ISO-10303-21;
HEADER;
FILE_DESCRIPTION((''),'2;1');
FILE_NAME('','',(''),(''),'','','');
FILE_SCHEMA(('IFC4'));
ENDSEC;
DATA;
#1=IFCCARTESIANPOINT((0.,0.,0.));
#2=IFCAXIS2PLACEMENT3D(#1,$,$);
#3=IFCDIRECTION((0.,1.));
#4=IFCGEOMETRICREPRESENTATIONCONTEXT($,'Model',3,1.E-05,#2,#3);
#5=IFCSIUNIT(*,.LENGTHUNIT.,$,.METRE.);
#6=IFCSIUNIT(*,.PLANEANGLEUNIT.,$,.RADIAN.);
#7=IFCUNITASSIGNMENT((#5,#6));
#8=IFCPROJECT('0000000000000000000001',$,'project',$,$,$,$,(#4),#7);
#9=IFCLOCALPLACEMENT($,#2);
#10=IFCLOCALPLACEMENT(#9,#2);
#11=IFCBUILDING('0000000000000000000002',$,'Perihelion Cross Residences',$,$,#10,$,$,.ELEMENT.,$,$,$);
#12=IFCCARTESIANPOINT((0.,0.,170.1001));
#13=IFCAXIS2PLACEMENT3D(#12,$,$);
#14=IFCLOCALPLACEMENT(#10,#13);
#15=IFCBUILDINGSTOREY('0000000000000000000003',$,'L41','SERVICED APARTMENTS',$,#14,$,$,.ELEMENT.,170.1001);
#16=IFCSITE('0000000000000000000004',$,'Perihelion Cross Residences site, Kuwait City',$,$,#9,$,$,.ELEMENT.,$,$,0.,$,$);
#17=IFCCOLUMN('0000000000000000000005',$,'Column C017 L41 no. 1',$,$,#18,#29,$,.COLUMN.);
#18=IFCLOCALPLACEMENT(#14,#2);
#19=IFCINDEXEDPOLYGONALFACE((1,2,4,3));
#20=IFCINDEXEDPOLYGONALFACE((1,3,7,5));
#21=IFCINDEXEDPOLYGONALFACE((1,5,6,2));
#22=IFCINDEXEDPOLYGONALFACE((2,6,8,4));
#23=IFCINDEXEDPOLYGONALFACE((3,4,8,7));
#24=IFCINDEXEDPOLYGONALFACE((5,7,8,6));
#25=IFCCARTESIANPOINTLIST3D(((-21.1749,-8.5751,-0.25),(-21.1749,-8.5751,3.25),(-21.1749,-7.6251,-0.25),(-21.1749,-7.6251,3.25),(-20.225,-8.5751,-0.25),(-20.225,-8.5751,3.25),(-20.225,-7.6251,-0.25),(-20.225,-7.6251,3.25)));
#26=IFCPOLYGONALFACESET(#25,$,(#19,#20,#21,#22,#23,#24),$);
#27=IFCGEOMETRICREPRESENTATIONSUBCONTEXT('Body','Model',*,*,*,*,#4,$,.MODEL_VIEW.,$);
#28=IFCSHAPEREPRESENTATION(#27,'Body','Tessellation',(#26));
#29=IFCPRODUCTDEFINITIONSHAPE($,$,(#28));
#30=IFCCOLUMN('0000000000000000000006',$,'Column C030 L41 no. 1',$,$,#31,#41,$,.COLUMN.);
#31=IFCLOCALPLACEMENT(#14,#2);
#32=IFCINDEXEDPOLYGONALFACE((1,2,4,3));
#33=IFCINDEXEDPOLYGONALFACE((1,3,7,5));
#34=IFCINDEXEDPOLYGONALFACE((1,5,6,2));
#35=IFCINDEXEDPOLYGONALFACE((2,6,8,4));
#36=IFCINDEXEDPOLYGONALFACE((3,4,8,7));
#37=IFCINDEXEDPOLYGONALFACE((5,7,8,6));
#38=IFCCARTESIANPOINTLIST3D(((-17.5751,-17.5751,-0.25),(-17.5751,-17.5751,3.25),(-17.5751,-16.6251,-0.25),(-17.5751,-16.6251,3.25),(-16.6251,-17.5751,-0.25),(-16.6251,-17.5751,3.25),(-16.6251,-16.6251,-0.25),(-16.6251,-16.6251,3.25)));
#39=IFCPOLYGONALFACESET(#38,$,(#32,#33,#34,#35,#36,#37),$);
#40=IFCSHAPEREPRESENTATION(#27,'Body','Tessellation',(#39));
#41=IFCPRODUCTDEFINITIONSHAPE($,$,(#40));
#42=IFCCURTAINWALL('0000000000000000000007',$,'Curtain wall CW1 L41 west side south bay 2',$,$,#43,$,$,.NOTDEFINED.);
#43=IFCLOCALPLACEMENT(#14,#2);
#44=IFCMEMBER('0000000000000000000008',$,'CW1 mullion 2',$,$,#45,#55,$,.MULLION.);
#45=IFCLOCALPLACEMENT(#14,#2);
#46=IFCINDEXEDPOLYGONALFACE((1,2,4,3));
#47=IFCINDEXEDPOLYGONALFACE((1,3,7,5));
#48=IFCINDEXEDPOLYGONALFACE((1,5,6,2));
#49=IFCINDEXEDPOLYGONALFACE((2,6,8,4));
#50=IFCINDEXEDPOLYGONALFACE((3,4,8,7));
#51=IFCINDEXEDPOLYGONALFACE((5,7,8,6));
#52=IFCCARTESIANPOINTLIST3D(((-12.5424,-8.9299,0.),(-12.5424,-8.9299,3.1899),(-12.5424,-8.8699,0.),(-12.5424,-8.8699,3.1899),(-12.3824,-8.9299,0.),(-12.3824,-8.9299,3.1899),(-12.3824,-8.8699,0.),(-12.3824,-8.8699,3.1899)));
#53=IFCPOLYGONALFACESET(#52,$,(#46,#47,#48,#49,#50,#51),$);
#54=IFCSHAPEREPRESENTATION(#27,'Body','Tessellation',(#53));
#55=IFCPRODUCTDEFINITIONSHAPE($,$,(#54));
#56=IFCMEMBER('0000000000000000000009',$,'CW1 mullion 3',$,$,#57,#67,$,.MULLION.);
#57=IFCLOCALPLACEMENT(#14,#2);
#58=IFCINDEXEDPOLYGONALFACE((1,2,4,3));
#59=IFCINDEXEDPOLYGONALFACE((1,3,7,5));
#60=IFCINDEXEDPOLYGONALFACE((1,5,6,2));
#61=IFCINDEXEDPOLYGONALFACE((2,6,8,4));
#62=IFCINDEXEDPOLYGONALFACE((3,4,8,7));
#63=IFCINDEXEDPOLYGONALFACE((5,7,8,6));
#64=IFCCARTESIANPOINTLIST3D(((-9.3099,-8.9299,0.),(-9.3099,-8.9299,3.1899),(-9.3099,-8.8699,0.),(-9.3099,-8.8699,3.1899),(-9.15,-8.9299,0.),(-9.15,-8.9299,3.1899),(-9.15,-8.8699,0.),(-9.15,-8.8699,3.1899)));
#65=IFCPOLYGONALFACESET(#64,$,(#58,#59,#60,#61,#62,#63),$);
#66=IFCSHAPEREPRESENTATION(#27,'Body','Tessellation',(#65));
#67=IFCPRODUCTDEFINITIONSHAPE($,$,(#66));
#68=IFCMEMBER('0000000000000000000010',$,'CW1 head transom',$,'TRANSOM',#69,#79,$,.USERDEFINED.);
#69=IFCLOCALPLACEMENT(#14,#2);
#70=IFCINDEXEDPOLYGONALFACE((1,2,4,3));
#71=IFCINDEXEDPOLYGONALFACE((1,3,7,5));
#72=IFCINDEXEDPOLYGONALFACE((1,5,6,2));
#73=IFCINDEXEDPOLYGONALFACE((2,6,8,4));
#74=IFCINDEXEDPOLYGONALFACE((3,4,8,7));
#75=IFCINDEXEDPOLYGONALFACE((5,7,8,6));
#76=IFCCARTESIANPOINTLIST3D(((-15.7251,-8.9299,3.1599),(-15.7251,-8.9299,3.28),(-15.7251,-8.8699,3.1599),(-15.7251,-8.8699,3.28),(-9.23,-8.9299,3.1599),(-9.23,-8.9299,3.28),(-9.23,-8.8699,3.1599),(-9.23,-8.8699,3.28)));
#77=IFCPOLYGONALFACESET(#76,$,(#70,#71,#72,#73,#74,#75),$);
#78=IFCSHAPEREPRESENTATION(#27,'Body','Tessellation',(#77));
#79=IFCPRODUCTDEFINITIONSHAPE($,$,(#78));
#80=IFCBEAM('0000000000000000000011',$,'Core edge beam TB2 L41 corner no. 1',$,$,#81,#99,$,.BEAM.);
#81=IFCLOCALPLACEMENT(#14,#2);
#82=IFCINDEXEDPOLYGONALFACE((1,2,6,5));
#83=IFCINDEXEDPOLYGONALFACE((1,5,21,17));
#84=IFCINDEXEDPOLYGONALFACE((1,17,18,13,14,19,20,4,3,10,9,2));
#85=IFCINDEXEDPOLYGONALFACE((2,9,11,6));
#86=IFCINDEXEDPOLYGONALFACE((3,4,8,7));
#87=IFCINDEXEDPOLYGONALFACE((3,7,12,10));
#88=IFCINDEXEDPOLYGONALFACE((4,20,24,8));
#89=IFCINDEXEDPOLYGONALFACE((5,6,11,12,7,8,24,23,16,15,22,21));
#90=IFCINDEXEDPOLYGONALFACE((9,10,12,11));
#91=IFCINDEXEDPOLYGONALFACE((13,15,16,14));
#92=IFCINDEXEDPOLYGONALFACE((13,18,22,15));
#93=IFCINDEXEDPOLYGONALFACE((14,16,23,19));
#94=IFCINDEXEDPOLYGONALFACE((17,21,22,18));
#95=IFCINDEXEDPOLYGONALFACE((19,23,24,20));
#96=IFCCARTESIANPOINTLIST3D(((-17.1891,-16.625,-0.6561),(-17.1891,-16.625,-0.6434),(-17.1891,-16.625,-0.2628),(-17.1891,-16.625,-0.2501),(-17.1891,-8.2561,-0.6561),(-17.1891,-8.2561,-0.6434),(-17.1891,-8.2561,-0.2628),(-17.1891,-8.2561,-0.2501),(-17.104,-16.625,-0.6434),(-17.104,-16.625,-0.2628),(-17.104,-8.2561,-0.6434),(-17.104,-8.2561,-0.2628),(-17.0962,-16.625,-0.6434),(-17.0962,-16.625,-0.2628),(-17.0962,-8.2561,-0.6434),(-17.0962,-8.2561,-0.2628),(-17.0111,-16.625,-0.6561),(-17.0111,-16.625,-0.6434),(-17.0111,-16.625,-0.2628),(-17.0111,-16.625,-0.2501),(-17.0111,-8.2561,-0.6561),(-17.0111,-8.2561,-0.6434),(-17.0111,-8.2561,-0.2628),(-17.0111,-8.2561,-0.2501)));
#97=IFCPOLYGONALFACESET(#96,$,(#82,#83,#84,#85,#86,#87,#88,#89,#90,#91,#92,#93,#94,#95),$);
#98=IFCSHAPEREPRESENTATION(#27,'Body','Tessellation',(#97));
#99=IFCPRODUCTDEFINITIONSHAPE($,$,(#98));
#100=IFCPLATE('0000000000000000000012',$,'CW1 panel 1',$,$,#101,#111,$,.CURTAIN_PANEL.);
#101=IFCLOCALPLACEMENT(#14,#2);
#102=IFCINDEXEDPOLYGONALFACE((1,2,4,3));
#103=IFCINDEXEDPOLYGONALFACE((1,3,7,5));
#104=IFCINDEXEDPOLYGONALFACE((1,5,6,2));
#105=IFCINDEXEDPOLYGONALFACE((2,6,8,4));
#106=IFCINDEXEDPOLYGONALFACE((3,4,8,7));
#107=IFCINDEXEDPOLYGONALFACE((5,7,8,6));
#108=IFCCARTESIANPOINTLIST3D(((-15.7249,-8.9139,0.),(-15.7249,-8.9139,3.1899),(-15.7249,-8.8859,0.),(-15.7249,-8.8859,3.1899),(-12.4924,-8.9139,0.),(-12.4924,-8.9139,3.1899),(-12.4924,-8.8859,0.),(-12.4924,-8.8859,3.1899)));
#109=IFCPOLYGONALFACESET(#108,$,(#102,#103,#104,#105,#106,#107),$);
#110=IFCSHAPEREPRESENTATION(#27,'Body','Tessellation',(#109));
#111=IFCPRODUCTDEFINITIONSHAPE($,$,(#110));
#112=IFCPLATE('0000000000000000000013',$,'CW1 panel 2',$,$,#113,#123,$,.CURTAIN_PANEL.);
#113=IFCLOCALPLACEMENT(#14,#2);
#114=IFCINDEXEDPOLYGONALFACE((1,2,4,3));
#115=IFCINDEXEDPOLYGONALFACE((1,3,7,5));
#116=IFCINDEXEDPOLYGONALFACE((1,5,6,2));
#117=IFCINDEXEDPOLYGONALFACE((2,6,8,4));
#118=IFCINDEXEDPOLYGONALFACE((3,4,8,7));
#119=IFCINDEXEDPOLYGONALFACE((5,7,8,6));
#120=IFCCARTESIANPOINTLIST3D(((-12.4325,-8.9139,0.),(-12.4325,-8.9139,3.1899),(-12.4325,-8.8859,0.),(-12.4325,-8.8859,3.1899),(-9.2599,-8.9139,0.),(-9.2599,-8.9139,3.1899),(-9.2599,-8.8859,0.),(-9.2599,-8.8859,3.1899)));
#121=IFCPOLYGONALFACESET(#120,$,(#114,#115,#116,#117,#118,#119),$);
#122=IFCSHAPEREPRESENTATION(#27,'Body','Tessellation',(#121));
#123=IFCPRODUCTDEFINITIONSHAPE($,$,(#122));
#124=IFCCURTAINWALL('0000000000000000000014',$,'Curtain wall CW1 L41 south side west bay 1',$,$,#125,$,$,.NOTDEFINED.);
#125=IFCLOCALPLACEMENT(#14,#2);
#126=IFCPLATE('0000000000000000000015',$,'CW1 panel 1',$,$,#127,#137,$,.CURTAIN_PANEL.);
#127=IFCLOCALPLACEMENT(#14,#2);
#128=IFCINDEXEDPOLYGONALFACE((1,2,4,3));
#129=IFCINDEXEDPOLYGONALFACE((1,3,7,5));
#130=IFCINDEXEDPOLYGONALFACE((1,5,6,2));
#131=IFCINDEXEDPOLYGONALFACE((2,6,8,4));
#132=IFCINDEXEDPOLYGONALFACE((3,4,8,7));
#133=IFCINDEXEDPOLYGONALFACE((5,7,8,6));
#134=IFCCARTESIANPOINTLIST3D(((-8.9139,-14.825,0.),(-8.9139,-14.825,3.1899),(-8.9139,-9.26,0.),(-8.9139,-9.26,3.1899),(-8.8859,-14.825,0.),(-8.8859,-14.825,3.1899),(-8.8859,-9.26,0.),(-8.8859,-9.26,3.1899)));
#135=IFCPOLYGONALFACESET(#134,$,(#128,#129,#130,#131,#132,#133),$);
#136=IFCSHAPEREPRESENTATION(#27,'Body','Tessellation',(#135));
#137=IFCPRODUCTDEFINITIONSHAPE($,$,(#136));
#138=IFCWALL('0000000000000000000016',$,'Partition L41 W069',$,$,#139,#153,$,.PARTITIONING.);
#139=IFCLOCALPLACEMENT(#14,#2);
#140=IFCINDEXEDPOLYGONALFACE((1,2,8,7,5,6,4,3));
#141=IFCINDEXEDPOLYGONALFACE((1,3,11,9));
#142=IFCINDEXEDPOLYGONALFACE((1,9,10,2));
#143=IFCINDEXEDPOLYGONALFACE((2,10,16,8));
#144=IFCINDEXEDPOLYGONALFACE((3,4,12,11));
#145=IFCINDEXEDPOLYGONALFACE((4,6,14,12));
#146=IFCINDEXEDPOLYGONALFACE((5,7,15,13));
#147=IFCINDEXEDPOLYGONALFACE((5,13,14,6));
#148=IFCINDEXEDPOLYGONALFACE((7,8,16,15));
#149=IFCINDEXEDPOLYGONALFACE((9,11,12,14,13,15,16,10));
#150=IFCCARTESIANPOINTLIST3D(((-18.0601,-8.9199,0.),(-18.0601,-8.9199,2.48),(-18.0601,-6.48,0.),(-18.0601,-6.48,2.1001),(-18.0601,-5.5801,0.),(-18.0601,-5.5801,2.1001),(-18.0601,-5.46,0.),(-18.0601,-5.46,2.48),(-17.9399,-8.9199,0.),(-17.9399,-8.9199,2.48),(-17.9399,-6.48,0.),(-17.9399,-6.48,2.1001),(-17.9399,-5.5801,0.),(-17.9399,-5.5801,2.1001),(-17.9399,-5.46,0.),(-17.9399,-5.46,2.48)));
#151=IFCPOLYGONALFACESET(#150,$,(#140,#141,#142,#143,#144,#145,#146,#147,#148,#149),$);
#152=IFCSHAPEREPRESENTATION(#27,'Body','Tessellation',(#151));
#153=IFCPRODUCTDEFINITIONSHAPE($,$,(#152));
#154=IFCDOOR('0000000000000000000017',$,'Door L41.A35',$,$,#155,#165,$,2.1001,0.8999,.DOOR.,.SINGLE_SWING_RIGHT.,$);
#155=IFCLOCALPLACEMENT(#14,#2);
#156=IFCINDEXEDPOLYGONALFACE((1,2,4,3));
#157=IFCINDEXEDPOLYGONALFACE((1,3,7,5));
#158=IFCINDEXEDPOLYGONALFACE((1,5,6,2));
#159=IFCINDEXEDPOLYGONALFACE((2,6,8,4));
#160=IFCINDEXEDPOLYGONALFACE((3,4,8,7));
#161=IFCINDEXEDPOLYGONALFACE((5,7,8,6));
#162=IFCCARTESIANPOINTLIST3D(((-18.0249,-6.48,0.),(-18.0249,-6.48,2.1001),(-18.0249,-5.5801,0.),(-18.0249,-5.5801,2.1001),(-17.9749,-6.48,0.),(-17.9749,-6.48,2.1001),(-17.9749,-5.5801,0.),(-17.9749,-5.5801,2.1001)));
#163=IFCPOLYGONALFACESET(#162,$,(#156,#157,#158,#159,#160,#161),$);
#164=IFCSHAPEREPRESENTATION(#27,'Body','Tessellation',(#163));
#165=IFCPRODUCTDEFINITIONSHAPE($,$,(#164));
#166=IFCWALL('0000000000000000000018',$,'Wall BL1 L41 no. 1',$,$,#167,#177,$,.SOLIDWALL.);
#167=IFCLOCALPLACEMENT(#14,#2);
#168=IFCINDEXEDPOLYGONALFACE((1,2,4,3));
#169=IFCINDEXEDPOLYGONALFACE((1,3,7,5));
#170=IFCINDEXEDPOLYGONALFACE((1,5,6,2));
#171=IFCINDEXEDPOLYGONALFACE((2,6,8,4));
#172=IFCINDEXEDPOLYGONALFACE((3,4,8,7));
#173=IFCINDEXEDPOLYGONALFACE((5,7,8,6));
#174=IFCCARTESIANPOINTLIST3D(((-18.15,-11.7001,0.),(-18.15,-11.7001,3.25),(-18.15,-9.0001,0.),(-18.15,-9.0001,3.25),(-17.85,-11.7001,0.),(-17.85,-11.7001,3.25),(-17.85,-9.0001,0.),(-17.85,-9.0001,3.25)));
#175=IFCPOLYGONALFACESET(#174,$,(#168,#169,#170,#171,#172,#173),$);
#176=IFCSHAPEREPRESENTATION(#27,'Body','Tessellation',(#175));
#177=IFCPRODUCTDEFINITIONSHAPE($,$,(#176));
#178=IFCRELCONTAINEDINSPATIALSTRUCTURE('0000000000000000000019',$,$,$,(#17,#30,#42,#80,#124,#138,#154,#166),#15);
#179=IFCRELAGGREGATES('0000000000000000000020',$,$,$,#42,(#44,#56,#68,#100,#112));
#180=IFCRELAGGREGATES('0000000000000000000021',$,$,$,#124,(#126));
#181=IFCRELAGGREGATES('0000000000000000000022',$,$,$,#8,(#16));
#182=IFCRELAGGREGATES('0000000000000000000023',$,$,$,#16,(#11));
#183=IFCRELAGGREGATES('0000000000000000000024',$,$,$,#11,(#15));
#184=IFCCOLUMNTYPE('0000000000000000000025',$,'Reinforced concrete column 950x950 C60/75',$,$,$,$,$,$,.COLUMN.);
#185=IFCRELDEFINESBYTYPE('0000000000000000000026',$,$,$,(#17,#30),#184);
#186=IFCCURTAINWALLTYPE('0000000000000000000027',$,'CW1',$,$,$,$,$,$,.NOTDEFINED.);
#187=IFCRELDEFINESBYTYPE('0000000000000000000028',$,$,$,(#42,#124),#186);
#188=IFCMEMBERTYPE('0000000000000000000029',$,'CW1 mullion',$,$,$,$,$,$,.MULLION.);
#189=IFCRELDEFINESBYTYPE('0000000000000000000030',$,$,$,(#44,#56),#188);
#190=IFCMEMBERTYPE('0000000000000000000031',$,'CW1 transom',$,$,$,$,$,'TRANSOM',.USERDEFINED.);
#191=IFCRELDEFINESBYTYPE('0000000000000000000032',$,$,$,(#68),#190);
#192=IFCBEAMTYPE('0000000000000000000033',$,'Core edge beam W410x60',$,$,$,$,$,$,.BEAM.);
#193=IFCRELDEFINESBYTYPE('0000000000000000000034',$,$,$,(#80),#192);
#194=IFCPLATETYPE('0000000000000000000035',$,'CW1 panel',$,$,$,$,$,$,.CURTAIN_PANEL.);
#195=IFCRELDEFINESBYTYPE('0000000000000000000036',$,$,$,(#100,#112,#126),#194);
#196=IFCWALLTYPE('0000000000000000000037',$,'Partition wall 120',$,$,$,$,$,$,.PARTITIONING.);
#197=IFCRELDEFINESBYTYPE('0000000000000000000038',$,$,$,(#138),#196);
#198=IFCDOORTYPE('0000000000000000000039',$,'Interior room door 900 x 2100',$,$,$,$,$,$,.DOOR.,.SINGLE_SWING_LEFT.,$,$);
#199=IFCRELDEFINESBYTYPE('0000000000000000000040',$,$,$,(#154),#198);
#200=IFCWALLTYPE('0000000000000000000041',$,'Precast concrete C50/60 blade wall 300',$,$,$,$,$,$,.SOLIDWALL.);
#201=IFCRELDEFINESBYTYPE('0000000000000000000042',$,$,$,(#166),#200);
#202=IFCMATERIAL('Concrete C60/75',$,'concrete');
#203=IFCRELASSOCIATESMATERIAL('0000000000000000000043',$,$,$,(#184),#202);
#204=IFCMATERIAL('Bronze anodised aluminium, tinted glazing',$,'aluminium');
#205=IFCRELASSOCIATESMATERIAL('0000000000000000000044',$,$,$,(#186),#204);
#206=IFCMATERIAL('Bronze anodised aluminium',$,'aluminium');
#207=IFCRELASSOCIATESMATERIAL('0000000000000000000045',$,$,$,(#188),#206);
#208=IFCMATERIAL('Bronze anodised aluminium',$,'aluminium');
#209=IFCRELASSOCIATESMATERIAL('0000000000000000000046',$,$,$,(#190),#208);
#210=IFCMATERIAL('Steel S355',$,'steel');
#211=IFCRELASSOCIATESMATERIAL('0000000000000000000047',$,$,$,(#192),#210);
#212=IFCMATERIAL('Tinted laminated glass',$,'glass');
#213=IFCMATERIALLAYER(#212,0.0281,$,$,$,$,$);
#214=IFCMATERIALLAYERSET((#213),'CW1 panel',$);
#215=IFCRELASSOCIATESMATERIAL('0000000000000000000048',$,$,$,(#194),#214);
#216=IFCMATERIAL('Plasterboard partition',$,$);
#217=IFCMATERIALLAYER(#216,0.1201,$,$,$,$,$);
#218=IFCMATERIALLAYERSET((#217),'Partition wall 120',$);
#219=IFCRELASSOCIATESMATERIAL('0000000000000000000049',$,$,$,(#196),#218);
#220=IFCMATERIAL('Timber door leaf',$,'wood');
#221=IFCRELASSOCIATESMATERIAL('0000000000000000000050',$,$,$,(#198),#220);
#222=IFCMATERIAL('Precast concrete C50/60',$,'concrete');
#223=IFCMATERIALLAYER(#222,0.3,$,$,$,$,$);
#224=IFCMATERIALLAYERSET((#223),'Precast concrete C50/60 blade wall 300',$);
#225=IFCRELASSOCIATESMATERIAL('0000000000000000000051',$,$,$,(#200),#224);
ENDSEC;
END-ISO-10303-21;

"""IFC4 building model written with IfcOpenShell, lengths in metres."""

from ifc_helpers import new_model, si_unit, direction, frame, frame_2d, origin, origin_2d, place, context, subcontext, project, spatial, rectangle, i_section, extrude, material, layer, layer_set, material_profile, profile_set, type_object, element, fill, aggregate, save


model = new_model("IFC4")

# Units and contexts
model_context = context("Model", 3, precision=1e-05, world=origin(), true_north=direction((0.0, 1.0)))
body_context = subcontext(model_context, "Body", "Model", "MODEL_VIEW")
ifc_project = project(units=[si_unit("LENGTHUNIT", "METRE"), si_unit("PLANEANGLEUNIT", "RADIAN")], contexts=[model_context])

# Site, building, storey
site_placement = place(None, origin())
site = spatial("IfcSite", under=ifc_project, at=site_placement, Name="Perihelion Cross Residences site, Kuwait City", CompositionType="ELEMENT", RefElevation=0.0)
building_placement = place(site_placement, origin())
building = spatial("IfcBuilding", under=site, at=building_placement, Name="Perihelion Cross Residences", CompositionType="ELEMENT")
storey_placement = place(building_placement, frame((0.0, 0.0, 170.1001)))
storey = spatial("IfcBuildingStorey", under=building, at=storey_placement, Name="L41", Description="SERVICED APARTMENTS", CompositionType="ELEMENT", Elevation=170.1001)

# Columns
ifc_material_1 = material(Name="Concrete C60/75", Category="concrete")
ifc_material_profile_1 = material_profile(ifc_material_1, rectangle(XDim=0.95, YDim=0.95, at=origin_2d()), Name="RC 950x950")
ifc_profile_set_1 = profile_set([ifc_material_profile_1], Name="Concrete C60/75")
column_type = type_object("IfcColumnType", Name="Reinforced concrete column 950x950 C60/75", PredefinedType="COLUMN", material=ifc_profile_set_1)
for number, where, z_axis, x_axis, name in (
    (1, (-20.7, -8.1001, -0.25), (0.0, 0.0, 1.0), (1.0, 0.0, 0.0), "Column C017 L41 no. 1"),
    (2, (-17.1001, -17.1001, -0.25), (0.0, 0.0, 1.0), (1.0, 0.0, 0.0), "Column C030 L41 no. 1"),
):
    element("IfcColumn", number, at=place(storey_placement, frame(where, z_axis=z_axis, x_axis=x_axis)), inside=storey, type_object=column_type, Name=name, PredefinedType="COLUMN", context=body_context, shape_type="SweptSolid", body=[
        extrude(rectangle(XDim=0.95, YDim=0.95, at=origin_2d()), origin(), (0.0, 0.0, 1.0), 3.5),
    ])

# Curtain wall, members
ifc_material_2 = material(Name="Bronze anodised aluminium, tinted glazing", Category="aluminium")
curtain_wall_type = type_object("IfcCurtainWallType", Name="CW1", PredefinedType="NOTDEFINED", material=ifc_material_2)
curtain_wall_1_placement = place(storey_placement, origin())
curtain_wall_1 = element("IfcCurtainWall", 3, at=curtain_wall_1_placement, inside=storey, type_object=curtain_wall_type, Name="Curtain wall CW1 L41 west side south bay 2", PredefinedType="NOTDEFINED")
ifc_material_3 = material(Name="Bronze anodised aluminium", Category="aluminium")
ifc_material_profile_2 = material_profile(ifc_material_3, rectangle(XDim=0.0601, YDim=0.1599, at=origin_2d()), Name="CW1 mullion")
ifc_profile_set_2 = profile_set([ifc_material_profile_2], Name="Bronze anodised aluminium")
member_type_1 = type_object("IfcMemberType", Name="CW1 mullion", PredefinedType="MULLION", material=ifc_profile_set_2)
member_1_placement = place(storey_placement, frame((-12.4624, -8.8999, 0.0), z_axis=(0.0, 0.0, 1.0), x_axis=(0.0, 1.0, 0.0)))
member_1 = element("IfcMember", 4, at=member_1_placement, type_object=member_type_1, Name="CW1 mullion 2", PredefinedType="MULLION", context=body_context, shape_type="SweptSolid", body=[
    extrude(rectangle(XDim=0.0601, YDim=0.1599, at=origin_2d()), origin(), (0.0, 0.0, 1.0), 3.1899),
])
member_2_placement = place(storey_placement, frame((-9.23, -8.8999, 0.0), z_axis=(0.0, 0.0, 1.0), x_axis=(0.0, 1.0, 0.0)))
member_2 = element("IfcMember", 5, at=member_2_placement, type_object=member_type_1, Name="CW1 mullion 3", PredefinedType="MULLION", context=body_context, shape_type="SweptSolid", body=[
    extrude(rectangle(XDim=0.0601, YDim=0.1599, at=origin_2d()), origin(), (0.0, 0.0, 1.0), 3.1899),
])
ifc_material_4 = material(Name="Bronze anodised aluminium", Category="aluminium")
ifc_material_profile_3 = material_profile(ifc_material_4, rectangle(XDim=0.0601, YDim=0.1201, at=origin_2d()), Name="CW1 transom")
ifc_profile_set_3 = profile_set([ifc_material_profile_3], Name="Bronze anodised aluminium")
member_type_2 = type_object("IfcMemberType", Name="CW1 transom", ElementType="TRANSOM", PredefinedType="USERDEFINED", material=ifc_profile_set_3)
member_3_placement = place(storey_placement, frame((-15.7251, -8.8999, 3.22), z_axis=(1.0, 0.0, 0.0), x_axis=(0.0, 1.0, 0.0)))
member_3 = element("IfcMember", 6, at=member_3_placement, type_object=member_type_2, Name="CW1 head transom", ObjectType="TRANSOM", PredefinedType="USERDEFINED", context=body_context, shape_type="SweptSolid", body=[
    extrude(rectangle(XDim=0.0601, YDim=0.1201, at=origin_2d()), origin(), (0.0, 0.0, 1.0), 6.4951),
])

# Beam
ifc_material_5 = material(Name="Steel S355", Category="steel")
ifc_material_profile_4 = material_profile(ifc_material_5, i_section(OverallWidth=0.178, OverallDepth=0.406, WebThickness=0.0078, FlangeThickness=0.0127, at=origin_2d()), Name="W410x60")
ifc_profile_set_4 = profile_set([ifc_material_profile_4], Name="Steel S355")
beam_type = type_object("IfcBeamType", Name="Core edge beam W410x60", PredefinedType="BEAM", material=ifc_profile_set_4)
beam_placement = place(storey_placement, frame((-17.1001, -8.2561, -0.4531), z_axis=(0.0, -1.0, 0.0), x_axis=(1.0, 0.0, 0.0)))
element("IfcBeam", 7, at=beam_placement, inside=storey, type_object=beam_type, Name="Core edge beam TB2 L41 corner no. 1", PredefinedType="BEAM", context=body_context, shape_type="SweptSolid", body=[
    extrude(i_section(OverallWidth=0.178, OverallDepth=0.406, WebThickness=0.0078, FlangeThickness=0.0127, at=origin_2d()), origin(), (0.0, 0.0, 1.0), 8.3689),
])

# Plates
ifc_material_6 = material(Name="Tinted laminated glass", Category="glass")
ifc_layer_1 = layer(ifc_material_6, 0.0281)
ifc_layer_set_1 = layer_set([ifc_layer_1], Name="CW1 panel")
plate_type = type_object("IfcPlateType", Name="CW1 panel", PredefinedType="CURTAIN_PANEL", material=ifc_layer_set_1)
plate_1_placement = place(storey_placement, frame((-14.1086, -8.8999, 0.0), z_axis=(0.0, 0.0, 1.0), x_axis=(1.0, 0.0, 0.0)))
plate_1 = element("IfcPlate", 8, at=plate_1_placement, type_object=plate_type, Name="CW1 panel 1", PredefinedType="CURTAIN_PANEL", context=body_context, shape_type="SweptSolid", body=[
    extrude(rectangle(XDim=3.2324, YDim=0.0281, at=origin_2d()), origin(), (0.0, 0.0, 1.0), 3.1899),
])
plate_2_placement = place(storey_placement, frame((-10.8462, -8.8999, 0.0), z_axis=(0.0, 0.0, 1.0), x_axis=(1.0, 0.0, 0.0)))
plate_2 = element("IfcPlate", 9, at=plate_2_placement, type_object=plate_type, Name="CW1 panel 2", PredefinedType="CURTAIN_PANEL", context=body_context, shape_type="SweptSolid", body=[
    extrude(rectangle(XDim=3.1726, YDim=0.0281, at=origin_2d()), origin(), (0.0, 0.0, 1.0), 3.1899),
])
aggregate(curtain_wall_1, [member_1, member_2, member_3, plate_1, plate_2])

# Curtain wall, plate
curtain_wall_2_placement = place(storey_placement, origin())
curtain_wall_2 = element("IfcCurtainWall", 10, at=curtain_wall_2_placement, inside=storey, type_object=curtain_wall_type, Name="Curtain wall CW1 L41 south side west bay 1", PredefinedType="NOTDEFINED")
plate_3_placement = place(storey_placement, frame((-8.8999, -12.0425, 0.0), z_axis=(0.0, 0.0, 1.0), x_axis=(0.0, -1.0, 0.0)))
plate_3 = element("IfcPlate", 11, at=plate_3_placement, type_object=plate_type, Name="CW1 panel 1", PredefinedType="CURTAIN_PANEL", context=body_context, shape_type="SweptSolid", body=[
    extrude(rectangle(XDim=5.5649, YDim=0.0281, at=origin_2d()), origin(), (0.0, 0.0, 1.0), 3.1899),
])
aggregate(curtain_wall_2, [plate_3])

# Wall, opening, door
ifc_material_7 = material(Name="Plasterboard partition")
ifc_layer_2 = layer(ifc_material_7, 0.1201)
ifc_layer_set_2 = layer_set([ifc_layer_2], Name="Partition wall 120")
wall_type_1 = type_object("IfcWallType", Name="Partition wall 120", PredefinedType="PARTITIONING", material=ifc_layer_set_2)
wall_1_placement = place(storey_placement, frame((-18.0, -8.9199, 0.0), z_axis=(0.0, 0.0, 1.0), x_axis=(0.0, 1.0, 0.0)))
wall_1 = element("IfcWall", 12, at=wall_1_placement, inside=storey, type_object=wall_type_1, Name="Partition L41 W069", PredefinedType="PARTITIONING", context=body_context, shape_type="SweptSolid", body=[
    extrude(rectangle(XDim=3.46, YDim=0.1201, at=frame_2d((1.73, 0.0))), origin(), (0.0, 0.0, 1.0), 2.48),
])
opening_1_placement = place(wall_1_placement, frame((2.4399, 0.0, 0.0)))
opening_1 = element("IfcOpeningElement", 13, at=opening_1_placement, cuts=wall_1, PredefinedType="OPENING", context=body_context, shape_type="SweptSolid", body=[
    extrude(rectangle(XDim=0.8999, YDim=2.1001, at=frame_2d((0.45, 1.05))), frame((0.0, 0.0701, 0.0), z_axis=(0.0, -1.0, 0.0), x_axis=(1.0, 0.0, 0.0)), (0.0, 0.0, 1.0), 0.1401),
])
ifc_material_8 = material(Name="Timber door leaf", Category="wood")
door_type_1 = type_object("IfcDoorType", Name="Interior room door 900 x 2100", OperationType="SINGLE_SWING_LEFT", PredefinedType="DOOR", material=ifc_material_8)
door_1_placement = place(opening_1_placement, origin())
door_1 = element("IfcDoor", 14, at=door_1_placement, inside=storey, type_object=door_type_1, Name="Door L41.A35", OperationType="SINGLE_SWING_RIGHT", OverallHeight=2.1001, OverallWidth=0.8999, PredefinedType="DOOR", context=body_context, shape_type="SweptSolid", body=[
    extrude(rectangle(XDim=0.8999, YDim=2.1001, at=frame_2d((0.45, 1.05))), frame((0.0, 0.0249, 0.0), z_axis=(0.0, -1.0, 0.0), x_axis=(1.0, 0.0, 0.0)), (0.0, 0.0, 1.0), 0.05),
])
fill(opening_1, door_1)

# Wall
ifc_material_9 = material(Name="Precast concrete C50/60", Category="concrete")
ifc_layer_3 = layer(ifc_material_9, 0.3)
ifc_layer_set_3 = layer_set([ifc_layer_3], Name="Precast concrete C50/60 blade wall 300")
wall_type_2 = type_object("IfcWallType", Name="Precast concrete C50/60 blade wall 300", PredefinedType="SOLIDWALL", material=ifc_layer_set_3)
wall_2_placement = place(storey_placement, frame((-18.0, -9.0, 0.0), z_axis=(0.0, 0.0, 1.0), x_axis=(0.0, -1.0, 0.0)))
element("IfcWall", 15, at=wall_2_placement, inside=storey, type_object=wall_type_2, Name="Wall BL1 L41 no. 1", PredefinedType="SOLIDWALL", context=body_context, shape_type="SweptSolid", body=[
    extrude(rectangle(XDim=2.7, YDim=0.3, at=frame_2d((1.3501, 0.0))), origin(), (0.0, 0.0, 1.0), 3.25),
])

save(model, "model.ifc")
